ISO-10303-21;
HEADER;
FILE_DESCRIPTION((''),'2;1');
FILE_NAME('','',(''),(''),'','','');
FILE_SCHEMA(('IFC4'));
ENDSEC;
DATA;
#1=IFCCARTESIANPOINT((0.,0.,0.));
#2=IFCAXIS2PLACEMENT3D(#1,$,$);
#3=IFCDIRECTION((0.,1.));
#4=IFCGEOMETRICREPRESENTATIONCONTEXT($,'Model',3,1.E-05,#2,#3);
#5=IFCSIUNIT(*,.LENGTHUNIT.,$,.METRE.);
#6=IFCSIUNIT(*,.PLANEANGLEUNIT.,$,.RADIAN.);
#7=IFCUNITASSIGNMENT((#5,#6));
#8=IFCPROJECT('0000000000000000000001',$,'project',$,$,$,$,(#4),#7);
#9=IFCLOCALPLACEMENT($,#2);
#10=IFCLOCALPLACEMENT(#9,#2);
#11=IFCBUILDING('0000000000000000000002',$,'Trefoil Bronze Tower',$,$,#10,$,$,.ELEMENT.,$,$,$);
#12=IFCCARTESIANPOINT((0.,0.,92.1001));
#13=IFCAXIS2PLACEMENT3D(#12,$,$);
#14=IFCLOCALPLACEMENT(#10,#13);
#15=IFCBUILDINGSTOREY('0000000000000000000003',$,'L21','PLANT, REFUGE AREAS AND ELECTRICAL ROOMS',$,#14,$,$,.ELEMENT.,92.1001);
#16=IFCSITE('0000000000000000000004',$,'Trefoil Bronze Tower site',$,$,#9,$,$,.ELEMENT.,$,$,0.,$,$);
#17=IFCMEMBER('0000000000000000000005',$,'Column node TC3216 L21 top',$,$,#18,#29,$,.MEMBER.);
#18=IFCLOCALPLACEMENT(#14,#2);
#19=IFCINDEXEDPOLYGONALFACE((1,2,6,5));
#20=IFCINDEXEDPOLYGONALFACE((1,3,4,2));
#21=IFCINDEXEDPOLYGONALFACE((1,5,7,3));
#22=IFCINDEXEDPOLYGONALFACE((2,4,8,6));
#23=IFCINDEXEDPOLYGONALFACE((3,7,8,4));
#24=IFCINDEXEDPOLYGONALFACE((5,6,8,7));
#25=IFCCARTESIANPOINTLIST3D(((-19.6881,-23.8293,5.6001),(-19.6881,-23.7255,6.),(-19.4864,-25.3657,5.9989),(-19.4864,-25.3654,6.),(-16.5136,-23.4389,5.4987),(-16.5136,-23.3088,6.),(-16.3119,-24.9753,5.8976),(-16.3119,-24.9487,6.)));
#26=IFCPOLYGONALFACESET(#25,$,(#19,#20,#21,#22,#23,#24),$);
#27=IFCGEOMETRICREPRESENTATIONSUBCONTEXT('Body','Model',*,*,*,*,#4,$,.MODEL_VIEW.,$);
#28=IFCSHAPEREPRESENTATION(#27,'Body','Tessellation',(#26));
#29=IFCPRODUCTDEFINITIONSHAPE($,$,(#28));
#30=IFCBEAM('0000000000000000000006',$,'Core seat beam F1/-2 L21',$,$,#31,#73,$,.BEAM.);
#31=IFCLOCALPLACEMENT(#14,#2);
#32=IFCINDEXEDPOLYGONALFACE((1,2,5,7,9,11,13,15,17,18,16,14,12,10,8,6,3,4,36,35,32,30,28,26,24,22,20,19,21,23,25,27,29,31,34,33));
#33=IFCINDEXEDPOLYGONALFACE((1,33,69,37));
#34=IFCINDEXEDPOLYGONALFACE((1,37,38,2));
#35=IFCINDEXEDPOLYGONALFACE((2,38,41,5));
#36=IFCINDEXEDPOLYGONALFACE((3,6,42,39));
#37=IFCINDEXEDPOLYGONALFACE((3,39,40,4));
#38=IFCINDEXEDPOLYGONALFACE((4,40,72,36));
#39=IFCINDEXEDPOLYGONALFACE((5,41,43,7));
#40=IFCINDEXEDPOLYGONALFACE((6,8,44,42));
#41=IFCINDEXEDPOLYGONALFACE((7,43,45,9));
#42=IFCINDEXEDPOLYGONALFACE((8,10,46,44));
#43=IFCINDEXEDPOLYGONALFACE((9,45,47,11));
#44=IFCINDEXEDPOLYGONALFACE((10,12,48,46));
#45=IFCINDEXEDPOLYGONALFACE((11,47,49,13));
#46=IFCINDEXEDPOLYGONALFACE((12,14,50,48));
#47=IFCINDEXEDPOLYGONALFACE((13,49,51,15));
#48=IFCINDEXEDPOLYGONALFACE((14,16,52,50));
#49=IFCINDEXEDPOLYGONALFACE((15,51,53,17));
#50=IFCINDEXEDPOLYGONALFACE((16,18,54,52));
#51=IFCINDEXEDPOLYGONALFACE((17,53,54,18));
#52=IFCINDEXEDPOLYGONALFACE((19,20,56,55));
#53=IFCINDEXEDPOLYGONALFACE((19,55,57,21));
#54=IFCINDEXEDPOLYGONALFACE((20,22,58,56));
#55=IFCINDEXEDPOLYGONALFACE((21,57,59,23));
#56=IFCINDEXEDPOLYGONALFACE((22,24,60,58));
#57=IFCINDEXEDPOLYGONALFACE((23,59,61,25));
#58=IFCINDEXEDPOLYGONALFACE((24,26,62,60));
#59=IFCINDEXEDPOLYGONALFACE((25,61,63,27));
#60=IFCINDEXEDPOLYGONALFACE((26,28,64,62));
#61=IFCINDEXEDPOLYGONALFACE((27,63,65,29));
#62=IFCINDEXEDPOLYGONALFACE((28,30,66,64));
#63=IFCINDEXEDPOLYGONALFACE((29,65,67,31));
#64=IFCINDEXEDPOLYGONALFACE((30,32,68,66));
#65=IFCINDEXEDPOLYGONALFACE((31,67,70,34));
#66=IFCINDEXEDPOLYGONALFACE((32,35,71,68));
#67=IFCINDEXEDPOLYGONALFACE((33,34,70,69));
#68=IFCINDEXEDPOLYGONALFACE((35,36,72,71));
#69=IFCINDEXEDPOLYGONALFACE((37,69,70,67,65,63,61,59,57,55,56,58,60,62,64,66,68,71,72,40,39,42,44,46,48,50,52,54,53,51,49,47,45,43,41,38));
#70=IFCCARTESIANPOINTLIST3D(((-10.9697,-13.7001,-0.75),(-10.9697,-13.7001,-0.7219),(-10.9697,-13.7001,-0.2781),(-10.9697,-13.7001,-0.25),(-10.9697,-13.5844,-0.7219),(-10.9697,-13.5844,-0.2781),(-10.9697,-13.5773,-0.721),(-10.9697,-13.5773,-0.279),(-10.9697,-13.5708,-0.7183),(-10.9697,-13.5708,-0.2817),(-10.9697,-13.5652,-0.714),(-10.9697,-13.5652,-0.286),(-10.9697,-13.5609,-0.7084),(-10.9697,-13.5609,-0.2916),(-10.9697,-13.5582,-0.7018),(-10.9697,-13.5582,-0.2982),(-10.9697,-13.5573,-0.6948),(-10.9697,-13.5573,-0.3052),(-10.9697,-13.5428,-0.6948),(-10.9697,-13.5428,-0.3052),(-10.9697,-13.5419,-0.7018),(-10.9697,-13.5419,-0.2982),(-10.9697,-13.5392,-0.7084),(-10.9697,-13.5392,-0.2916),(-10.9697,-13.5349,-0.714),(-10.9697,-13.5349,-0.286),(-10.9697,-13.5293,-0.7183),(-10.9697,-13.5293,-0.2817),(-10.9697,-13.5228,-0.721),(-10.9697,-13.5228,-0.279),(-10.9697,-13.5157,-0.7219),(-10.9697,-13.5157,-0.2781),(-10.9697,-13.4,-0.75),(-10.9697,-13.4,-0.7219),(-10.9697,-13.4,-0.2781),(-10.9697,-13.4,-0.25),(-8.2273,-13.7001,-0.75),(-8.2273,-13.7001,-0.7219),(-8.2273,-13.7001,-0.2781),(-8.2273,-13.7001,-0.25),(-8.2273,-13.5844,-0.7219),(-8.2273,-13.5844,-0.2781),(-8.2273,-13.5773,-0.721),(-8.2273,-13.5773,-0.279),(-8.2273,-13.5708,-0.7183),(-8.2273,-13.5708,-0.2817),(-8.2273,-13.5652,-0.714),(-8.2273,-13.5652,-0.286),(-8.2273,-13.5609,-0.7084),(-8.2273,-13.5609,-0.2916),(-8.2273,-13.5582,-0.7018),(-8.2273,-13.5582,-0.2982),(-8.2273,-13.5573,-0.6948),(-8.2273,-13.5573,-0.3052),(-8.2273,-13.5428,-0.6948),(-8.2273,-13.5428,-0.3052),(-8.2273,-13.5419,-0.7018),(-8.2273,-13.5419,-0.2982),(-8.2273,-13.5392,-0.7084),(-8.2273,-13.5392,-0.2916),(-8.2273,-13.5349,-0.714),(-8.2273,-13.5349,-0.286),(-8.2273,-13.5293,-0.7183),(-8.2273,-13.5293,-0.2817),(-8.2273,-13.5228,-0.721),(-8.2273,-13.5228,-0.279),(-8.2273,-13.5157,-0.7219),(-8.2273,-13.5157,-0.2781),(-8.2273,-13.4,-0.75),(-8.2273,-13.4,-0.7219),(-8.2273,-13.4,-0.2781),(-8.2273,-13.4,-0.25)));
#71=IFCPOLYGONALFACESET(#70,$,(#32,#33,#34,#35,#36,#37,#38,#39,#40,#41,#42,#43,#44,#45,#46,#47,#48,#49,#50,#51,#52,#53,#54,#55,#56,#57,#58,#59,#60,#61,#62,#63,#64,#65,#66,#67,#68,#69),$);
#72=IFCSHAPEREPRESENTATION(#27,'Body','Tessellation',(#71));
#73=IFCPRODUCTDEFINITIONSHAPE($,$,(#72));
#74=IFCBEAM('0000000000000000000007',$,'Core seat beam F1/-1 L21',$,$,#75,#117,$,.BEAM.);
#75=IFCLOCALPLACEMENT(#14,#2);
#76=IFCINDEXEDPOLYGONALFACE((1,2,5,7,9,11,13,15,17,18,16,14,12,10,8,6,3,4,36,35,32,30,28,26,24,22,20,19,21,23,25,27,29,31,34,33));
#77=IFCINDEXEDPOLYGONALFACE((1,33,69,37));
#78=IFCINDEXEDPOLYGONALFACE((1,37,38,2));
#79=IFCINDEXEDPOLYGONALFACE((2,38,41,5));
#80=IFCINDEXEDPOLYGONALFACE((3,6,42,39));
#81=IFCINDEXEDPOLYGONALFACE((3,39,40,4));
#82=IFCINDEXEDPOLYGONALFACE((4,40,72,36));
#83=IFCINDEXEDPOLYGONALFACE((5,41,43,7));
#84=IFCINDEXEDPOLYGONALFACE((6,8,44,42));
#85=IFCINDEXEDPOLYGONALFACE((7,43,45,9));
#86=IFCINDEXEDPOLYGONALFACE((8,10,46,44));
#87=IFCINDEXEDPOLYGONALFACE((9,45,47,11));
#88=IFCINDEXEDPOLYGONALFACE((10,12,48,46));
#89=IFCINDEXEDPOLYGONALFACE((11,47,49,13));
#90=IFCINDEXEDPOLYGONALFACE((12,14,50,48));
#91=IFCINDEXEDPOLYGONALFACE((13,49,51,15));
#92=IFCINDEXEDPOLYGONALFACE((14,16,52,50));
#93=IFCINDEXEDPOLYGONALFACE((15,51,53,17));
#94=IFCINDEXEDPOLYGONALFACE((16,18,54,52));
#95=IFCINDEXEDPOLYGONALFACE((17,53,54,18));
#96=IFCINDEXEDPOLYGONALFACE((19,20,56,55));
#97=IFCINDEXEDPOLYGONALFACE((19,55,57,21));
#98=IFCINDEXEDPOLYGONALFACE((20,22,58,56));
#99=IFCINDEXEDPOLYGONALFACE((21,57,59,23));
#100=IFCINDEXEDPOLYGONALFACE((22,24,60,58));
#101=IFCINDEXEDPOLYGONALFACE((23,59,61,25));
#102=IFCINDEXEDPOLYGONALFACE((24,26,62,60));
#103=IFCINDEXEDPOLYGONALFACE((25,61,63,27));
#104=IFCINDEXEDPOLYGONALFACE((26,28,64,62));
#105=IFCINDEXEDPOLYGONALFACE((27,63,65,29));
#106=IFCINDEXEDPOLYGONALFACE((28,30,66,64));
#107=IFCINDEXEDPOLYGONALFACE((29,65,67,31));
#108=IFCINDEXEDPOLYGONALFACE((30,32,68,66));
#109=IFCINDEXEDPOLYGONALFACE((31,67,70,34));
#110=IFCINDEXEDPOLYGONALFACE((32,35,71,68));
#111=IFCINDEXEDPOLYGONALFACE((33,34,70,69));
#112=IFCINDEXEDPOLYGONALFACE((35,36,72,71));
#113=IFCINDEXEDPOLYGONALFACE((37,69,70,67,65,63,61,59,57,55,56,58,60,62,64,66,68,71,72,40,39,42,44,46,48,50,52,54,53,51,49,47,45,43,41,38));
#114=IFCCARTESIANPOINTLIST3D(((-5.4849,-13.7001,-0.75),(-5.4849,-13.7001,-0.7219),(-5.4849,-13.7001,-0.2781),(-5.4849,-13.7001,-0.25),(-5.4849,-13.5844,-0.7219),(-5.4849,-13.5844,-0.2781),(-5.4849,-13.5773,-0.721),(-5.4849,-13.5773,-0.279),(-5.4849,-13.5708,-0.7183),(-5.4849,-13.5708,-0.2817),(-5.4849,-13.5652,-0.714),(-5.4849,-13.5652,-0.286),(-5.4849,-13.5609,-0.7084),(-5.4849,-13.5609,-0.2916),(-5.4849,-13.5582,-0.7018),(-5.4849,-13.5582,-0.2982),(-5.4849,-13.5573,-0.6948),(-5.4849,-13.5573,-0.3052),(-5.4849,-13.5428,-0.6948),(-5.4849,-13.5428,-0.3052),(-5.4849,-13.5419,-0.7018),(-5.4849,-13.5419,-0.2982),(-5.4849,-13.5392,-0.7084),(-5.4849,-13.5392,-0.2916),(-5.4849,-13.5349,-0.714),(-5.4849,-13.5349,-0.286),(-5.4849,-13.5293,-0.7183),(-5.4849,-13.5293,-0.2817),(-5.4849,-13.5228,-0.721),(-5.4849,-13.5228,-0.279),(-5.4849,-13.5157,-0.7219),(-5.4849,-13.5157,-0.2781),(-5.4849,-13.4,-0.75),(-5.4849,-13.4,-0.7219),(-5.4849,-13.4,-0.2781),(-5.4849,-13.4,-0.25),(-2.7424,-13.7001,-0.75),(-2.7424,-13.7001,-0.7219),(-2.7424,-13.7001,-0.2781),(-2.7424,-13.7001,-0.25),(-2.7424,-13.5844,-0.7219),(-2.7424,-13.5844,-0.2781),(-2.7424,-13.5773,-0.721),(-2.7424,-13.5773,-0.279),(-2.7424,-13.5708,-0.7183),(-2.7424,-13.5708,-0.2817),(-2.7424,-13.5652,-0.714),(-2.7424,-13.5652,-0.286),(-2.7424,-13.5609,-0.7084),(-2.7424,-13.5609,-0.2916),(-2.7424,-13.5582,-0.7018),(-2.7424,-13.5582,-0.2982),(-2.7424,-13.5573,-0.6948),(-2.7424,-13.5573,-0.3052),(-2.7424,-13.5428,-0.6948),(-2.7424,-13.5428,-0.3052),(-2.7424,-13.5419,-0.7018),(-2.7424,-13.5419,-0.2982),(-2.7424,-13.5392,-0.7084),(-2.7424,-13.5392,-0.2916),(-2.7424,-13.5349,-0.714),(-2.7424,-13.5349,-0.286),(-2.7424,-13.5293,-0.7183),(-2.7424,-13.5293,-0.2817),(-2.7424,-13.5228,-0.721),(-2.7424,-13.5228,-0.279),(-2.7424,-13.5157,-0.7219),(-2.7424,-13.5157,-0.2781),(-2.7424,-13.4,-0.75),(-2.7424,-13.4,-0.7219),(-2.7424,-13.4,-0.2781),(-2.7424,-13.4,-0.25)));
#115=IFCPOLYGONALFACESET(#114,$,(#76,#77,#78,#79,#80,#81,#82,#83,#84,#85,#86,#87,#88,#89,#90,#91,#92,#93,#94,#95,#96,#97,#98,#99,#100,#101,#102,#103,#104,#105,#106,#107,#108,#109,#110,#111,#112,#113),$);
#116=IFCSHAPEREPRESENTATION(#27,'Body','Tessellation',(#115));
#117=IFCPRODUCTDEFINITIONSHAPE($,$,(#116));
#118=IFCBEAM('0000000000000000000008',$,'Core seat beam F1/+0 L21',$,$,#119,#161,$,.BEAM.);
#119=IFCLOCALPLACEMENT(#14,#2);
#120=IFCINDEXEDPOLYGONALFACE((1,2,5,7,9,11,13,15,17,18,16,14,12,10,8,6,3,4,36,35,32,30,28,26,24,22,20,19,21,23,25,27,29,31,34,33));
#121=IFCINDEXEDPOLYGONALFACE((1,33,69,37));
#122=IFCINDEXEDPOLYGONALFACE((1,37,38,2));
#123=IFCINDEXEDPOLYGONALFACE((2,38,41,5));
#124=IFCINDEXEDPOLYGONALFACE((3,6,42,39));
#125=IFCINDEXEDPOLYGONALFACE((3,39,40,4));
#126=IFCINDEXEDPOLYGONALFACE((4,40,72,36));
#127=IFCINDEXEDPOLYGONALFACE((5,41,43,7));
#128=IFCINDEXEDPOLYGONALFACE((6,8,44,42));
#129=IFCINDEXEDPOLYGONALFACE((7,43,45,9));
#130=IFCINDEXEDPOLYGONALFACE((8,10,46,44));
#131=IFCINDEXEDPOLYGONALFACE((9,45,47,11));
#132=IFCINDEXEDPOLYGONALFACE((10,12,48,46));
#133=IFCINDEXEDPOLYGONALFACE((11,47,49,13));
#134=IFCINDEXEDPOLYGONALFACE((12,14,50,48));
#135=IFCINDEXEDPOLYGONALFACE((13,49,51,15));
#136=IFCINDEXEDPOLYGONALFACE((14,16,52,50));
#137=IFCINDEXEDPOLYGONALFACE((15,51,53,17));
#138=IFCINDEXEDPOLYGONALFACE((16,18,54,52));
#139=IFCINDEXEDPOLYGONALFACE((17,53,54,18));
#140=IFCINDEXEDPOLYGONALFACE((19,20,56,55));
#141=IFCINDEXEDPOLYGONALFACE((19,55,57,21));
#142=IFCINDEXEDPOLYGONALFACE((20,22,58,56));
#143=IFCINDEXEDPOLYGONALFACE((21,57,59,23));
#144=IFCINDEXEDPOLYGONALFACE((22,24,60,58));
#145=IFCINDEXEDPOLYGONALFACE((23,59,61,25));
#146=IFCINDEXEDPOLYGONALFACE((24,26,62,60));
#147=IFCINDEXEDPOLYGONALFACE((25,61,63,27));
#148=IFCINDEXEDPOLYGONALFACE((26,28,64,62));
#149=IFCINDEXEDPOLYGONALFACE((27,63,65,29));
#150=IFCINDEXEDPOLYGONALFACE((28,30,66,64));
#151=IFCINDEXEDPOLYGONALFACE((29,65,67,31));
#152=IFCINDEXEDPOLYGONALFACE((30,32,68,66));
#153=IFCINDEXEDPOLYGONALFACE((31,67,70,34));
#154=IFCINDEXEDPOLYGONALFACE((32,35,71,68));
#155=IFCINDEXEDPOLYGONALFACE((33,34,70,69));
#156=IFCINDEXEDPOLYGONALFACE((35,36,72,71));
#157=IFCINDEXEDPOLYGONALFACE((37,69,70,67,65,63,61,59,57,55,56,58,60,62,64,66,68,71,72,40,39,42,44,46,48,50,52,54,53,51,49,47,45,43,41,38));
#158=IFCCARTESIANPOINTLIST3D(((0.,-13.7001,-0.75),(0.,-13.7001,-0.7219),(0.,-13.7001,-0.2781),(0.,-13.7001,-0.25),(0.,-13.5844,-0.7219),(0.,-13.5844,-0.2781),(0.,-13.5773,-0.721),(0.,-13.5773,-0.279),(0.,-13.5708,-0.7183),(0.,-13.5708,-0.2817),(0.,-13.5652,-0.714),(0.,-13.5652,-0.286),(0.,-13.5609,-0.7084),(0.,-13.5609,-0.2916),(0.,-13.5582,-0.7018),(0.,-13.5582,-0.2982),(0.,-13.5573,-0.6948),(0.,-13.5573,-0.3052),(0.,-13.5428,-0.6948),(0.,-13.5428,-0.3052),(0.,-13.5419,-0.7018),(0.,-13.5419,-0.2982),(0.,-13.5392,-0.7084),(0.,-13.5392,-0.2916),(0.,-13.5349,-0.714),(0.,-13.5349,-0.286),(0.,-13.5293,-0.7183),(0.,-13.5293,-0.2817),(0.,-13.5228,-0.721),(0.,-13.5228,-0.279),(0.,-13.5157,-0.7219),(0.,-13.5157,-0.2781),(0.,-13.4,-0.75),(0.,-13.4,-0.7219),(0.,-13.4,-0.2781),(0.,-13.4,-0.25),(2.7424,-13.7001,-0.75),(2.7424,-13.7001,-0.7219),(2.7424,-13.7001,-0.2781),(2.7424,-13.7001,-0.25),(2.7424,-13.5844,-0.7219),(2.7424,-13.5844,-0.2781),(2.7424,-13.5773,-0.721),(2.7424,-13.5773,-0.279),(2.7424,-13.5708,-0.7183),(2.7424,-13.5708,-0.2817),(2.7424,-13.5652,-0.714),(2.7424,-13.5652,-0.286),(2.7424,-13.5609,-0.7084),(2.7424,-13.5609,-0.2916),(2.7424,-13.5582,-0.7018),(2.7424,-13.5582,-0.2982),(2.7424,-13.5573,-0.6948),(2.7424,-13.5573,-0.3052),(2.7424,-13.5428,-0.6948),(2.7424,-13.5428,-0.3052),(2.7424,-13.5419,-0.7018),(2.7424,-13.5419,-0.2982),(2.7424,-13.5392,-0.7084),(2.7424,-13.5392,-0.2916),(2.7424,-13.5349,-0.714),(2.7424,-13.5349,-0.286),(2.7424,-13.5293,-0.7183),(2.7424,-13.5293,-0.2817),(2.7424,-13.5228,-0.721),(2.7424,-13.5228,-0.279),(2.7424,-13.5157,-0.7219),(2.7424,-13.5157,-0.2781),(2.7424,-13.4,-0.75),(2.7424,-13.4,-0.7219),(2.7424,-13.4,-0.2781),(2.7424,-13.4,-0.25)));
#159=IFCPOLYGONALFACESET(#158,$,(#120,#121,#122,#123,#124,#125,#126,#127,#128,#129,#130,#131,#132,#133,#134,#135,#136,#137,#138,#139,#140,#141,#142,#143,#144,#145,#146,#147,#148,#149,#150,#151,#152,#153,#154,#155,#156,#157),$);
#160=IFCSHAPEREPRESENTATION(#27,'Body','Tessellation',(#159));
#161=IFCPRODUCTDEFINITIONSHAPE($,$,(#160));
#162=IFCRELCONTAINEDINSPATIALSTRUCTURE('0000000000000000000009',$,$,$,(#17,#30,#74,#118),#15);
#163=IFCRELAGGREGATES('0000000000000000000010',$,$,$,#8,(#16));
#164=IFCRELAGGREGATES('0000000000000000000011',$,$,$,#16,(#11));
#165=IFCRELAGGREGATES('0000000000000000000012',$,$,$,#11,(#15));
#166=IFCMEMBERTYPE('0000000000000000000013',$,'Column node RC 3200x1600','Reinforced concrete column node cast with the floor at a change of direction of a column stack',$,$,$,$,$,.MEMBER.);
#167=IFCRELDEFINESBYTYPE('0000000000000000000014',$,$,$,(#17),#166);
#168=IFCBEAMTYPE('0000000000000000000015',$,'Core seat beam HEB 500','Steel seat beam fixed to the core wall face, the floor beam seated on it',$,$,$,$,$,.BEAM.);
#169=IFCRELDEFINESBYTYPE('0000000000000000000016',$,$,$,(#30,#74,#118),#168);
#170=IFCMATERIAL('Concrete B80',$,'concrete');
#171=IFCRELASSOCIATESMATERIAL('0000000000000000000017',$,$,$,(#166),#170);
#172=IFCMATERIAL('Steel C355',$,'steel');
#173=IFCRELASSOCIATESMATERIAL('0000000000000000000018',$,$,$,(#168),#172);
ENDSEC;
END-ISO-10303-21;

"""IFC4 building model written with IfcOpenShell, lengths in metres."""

from ifc_helpers import new_model, si_unit, direction, frame, origin, origin_2d, place, context, subcontext, project, spatial, rectangle, i_section, extrude, clip, halfspace, material, material_profile, profile_set, type_object, element, save


model = new_model("IFC4")

# Units and contexts
model_context = context("Model", 3, precision=1e-05, world=origin(), true_north=direction((0.0, 1.0)))
body_context = subcontext(model_context, "Body", "Model", "MODEL_VIEW")
ifc_project = project(units=[si_unit("LENGTHUNIT", "METRE"), si_unit("PLANEANGLEUNIT", "RADIAN")], contexts=[model_context])

# Site, building, storey
site_placement = place(None, origin())
site = spatial("IfcSite", under=ifc_project, at=site_placement, Name="Trefoil Bronze Tower site", CompositionType="ELEMENT", RefElevation=0.0)
building_placement = place(site_placement, origin())
building = spatial("IfcBuilding", under=site, at=building_placement, Name="Trefoil Bronze Tower", CompositionType="ELEMENT")
storey_placement = place(building_placement, frame((0.0, 0.0, 92.1001)))
storey = spatial("IfcBuildingStorey", under=building, at=storey_placement, Name="L21", Description="PLANT, REFUGE AREAS AND ELECTRICAL ROOMS", CompositionType="ELEMENT", Elevation=92.1001)

# Member
ifc_material_1 = material(Name="Concrete B80", Category="concrete")
ifc_material_profile_1 = material_profile(ifc_material_1, rectangle(XDim=3.2, YDim=1.6001, at=origin_2d()), Name="RC 3200x1600")
ifc_profile_set_1 = profile_set([ifc_material_profile_1], Name="Concrete B80")
member_type_1 = type_object("IfcMemberType", Name="Column node RC 3200x1600", Description="Reinforced concrete column node cast with the floor at a change of direction of a column stack", PredefinedType="MEMBER", material=ifc_profile_set_1)
member_1_placement = place(storey_placement, frame((-18.0, -24.272, 6.251), z_axis=(0.0, -0.251272, -0.967916), x_axis=(-0.992025, -0.121998, 0.031671)))
element("IfcMember", 1, at=member_1_placement, inside=storey, type_object=member_type_1, Name="Column node TC3216 L21 top", PredefinedType="MEMBER", context=body_context, shape_type="Clipping", body=[
    clip(extrude(rectangle(XDim=3.2, YDim=1.6001, at=origin_2d()), origin(), (0.0, 0.0, 1.0), 0.5188), halfspace(frame((0.0, 0.0, 0.2593), z_axis=(-0.031671, 0.249268, 0.967916), x_axis=(0.0, 0.968402, -0.249394)), True)),
])

# Beams
ifc_material_2 = material(Name="Steel C355", Category="steel")
ifc_material_profile_2 = material_profile(ifc_material_2, i_section(OverallWidth=0.3, OverallDepth=0.5, WebThickness=0.0144, FlangeThickness=0.0281, FilletRadius=0.0271, at=origin_2d()), Name="HEB 500")
ifc_profile_set_2 = profile_set([ifc_material_profile_2], Name="Steel C355")
beam_type_1 = type_object("IfcBeamType", Name="Core seat beam HEB 500", Description="Steel seat beam fixed to the core wall face, the floor beam seated on it", PredefinedType="BEAM", material=ifc_profile_set_2)
for number, where, z_axis, x_axis, name in (
    (2, (-10.9697, -13.55, -0.5), (1.0, 0.0, 0.0), (0.0, 1.0, 0.0), "Core seat beam F1/-2 L21"),
    (3, (-5.4849, -13.55, -0.5), (1.0, 0.0, 0.0), (0.0, 1.0, 0.0), "Core seat beam F1/-1 L21"),
    (4, (0.0, -13.55, -0.5), (1.0, 0.0, 0.0), (0.0, 1.0, 0.0), "Core seat beam F1/+0 L21"),
):
    element("IfcBeam", number, at=place(storey_placement, frame(where, z_axis=z_axis, x_axis=x_axis)), inside=storey, type_object=beam_type_1, Name=name, PredefinedType="BEAM", context=body_context, shape_type="SweptSolid", body=[
        extrude(i_section(OverallWidth=0.3, OverallDepth=0.5, WebThickness=0.0144, FlangeThickness=0.0281, FilletRadius=0.0271, at=origin_2d()), origin(), (0.0, 0.0, 1.0), 2.7424),
    ])

save(model, "model.ifc")
